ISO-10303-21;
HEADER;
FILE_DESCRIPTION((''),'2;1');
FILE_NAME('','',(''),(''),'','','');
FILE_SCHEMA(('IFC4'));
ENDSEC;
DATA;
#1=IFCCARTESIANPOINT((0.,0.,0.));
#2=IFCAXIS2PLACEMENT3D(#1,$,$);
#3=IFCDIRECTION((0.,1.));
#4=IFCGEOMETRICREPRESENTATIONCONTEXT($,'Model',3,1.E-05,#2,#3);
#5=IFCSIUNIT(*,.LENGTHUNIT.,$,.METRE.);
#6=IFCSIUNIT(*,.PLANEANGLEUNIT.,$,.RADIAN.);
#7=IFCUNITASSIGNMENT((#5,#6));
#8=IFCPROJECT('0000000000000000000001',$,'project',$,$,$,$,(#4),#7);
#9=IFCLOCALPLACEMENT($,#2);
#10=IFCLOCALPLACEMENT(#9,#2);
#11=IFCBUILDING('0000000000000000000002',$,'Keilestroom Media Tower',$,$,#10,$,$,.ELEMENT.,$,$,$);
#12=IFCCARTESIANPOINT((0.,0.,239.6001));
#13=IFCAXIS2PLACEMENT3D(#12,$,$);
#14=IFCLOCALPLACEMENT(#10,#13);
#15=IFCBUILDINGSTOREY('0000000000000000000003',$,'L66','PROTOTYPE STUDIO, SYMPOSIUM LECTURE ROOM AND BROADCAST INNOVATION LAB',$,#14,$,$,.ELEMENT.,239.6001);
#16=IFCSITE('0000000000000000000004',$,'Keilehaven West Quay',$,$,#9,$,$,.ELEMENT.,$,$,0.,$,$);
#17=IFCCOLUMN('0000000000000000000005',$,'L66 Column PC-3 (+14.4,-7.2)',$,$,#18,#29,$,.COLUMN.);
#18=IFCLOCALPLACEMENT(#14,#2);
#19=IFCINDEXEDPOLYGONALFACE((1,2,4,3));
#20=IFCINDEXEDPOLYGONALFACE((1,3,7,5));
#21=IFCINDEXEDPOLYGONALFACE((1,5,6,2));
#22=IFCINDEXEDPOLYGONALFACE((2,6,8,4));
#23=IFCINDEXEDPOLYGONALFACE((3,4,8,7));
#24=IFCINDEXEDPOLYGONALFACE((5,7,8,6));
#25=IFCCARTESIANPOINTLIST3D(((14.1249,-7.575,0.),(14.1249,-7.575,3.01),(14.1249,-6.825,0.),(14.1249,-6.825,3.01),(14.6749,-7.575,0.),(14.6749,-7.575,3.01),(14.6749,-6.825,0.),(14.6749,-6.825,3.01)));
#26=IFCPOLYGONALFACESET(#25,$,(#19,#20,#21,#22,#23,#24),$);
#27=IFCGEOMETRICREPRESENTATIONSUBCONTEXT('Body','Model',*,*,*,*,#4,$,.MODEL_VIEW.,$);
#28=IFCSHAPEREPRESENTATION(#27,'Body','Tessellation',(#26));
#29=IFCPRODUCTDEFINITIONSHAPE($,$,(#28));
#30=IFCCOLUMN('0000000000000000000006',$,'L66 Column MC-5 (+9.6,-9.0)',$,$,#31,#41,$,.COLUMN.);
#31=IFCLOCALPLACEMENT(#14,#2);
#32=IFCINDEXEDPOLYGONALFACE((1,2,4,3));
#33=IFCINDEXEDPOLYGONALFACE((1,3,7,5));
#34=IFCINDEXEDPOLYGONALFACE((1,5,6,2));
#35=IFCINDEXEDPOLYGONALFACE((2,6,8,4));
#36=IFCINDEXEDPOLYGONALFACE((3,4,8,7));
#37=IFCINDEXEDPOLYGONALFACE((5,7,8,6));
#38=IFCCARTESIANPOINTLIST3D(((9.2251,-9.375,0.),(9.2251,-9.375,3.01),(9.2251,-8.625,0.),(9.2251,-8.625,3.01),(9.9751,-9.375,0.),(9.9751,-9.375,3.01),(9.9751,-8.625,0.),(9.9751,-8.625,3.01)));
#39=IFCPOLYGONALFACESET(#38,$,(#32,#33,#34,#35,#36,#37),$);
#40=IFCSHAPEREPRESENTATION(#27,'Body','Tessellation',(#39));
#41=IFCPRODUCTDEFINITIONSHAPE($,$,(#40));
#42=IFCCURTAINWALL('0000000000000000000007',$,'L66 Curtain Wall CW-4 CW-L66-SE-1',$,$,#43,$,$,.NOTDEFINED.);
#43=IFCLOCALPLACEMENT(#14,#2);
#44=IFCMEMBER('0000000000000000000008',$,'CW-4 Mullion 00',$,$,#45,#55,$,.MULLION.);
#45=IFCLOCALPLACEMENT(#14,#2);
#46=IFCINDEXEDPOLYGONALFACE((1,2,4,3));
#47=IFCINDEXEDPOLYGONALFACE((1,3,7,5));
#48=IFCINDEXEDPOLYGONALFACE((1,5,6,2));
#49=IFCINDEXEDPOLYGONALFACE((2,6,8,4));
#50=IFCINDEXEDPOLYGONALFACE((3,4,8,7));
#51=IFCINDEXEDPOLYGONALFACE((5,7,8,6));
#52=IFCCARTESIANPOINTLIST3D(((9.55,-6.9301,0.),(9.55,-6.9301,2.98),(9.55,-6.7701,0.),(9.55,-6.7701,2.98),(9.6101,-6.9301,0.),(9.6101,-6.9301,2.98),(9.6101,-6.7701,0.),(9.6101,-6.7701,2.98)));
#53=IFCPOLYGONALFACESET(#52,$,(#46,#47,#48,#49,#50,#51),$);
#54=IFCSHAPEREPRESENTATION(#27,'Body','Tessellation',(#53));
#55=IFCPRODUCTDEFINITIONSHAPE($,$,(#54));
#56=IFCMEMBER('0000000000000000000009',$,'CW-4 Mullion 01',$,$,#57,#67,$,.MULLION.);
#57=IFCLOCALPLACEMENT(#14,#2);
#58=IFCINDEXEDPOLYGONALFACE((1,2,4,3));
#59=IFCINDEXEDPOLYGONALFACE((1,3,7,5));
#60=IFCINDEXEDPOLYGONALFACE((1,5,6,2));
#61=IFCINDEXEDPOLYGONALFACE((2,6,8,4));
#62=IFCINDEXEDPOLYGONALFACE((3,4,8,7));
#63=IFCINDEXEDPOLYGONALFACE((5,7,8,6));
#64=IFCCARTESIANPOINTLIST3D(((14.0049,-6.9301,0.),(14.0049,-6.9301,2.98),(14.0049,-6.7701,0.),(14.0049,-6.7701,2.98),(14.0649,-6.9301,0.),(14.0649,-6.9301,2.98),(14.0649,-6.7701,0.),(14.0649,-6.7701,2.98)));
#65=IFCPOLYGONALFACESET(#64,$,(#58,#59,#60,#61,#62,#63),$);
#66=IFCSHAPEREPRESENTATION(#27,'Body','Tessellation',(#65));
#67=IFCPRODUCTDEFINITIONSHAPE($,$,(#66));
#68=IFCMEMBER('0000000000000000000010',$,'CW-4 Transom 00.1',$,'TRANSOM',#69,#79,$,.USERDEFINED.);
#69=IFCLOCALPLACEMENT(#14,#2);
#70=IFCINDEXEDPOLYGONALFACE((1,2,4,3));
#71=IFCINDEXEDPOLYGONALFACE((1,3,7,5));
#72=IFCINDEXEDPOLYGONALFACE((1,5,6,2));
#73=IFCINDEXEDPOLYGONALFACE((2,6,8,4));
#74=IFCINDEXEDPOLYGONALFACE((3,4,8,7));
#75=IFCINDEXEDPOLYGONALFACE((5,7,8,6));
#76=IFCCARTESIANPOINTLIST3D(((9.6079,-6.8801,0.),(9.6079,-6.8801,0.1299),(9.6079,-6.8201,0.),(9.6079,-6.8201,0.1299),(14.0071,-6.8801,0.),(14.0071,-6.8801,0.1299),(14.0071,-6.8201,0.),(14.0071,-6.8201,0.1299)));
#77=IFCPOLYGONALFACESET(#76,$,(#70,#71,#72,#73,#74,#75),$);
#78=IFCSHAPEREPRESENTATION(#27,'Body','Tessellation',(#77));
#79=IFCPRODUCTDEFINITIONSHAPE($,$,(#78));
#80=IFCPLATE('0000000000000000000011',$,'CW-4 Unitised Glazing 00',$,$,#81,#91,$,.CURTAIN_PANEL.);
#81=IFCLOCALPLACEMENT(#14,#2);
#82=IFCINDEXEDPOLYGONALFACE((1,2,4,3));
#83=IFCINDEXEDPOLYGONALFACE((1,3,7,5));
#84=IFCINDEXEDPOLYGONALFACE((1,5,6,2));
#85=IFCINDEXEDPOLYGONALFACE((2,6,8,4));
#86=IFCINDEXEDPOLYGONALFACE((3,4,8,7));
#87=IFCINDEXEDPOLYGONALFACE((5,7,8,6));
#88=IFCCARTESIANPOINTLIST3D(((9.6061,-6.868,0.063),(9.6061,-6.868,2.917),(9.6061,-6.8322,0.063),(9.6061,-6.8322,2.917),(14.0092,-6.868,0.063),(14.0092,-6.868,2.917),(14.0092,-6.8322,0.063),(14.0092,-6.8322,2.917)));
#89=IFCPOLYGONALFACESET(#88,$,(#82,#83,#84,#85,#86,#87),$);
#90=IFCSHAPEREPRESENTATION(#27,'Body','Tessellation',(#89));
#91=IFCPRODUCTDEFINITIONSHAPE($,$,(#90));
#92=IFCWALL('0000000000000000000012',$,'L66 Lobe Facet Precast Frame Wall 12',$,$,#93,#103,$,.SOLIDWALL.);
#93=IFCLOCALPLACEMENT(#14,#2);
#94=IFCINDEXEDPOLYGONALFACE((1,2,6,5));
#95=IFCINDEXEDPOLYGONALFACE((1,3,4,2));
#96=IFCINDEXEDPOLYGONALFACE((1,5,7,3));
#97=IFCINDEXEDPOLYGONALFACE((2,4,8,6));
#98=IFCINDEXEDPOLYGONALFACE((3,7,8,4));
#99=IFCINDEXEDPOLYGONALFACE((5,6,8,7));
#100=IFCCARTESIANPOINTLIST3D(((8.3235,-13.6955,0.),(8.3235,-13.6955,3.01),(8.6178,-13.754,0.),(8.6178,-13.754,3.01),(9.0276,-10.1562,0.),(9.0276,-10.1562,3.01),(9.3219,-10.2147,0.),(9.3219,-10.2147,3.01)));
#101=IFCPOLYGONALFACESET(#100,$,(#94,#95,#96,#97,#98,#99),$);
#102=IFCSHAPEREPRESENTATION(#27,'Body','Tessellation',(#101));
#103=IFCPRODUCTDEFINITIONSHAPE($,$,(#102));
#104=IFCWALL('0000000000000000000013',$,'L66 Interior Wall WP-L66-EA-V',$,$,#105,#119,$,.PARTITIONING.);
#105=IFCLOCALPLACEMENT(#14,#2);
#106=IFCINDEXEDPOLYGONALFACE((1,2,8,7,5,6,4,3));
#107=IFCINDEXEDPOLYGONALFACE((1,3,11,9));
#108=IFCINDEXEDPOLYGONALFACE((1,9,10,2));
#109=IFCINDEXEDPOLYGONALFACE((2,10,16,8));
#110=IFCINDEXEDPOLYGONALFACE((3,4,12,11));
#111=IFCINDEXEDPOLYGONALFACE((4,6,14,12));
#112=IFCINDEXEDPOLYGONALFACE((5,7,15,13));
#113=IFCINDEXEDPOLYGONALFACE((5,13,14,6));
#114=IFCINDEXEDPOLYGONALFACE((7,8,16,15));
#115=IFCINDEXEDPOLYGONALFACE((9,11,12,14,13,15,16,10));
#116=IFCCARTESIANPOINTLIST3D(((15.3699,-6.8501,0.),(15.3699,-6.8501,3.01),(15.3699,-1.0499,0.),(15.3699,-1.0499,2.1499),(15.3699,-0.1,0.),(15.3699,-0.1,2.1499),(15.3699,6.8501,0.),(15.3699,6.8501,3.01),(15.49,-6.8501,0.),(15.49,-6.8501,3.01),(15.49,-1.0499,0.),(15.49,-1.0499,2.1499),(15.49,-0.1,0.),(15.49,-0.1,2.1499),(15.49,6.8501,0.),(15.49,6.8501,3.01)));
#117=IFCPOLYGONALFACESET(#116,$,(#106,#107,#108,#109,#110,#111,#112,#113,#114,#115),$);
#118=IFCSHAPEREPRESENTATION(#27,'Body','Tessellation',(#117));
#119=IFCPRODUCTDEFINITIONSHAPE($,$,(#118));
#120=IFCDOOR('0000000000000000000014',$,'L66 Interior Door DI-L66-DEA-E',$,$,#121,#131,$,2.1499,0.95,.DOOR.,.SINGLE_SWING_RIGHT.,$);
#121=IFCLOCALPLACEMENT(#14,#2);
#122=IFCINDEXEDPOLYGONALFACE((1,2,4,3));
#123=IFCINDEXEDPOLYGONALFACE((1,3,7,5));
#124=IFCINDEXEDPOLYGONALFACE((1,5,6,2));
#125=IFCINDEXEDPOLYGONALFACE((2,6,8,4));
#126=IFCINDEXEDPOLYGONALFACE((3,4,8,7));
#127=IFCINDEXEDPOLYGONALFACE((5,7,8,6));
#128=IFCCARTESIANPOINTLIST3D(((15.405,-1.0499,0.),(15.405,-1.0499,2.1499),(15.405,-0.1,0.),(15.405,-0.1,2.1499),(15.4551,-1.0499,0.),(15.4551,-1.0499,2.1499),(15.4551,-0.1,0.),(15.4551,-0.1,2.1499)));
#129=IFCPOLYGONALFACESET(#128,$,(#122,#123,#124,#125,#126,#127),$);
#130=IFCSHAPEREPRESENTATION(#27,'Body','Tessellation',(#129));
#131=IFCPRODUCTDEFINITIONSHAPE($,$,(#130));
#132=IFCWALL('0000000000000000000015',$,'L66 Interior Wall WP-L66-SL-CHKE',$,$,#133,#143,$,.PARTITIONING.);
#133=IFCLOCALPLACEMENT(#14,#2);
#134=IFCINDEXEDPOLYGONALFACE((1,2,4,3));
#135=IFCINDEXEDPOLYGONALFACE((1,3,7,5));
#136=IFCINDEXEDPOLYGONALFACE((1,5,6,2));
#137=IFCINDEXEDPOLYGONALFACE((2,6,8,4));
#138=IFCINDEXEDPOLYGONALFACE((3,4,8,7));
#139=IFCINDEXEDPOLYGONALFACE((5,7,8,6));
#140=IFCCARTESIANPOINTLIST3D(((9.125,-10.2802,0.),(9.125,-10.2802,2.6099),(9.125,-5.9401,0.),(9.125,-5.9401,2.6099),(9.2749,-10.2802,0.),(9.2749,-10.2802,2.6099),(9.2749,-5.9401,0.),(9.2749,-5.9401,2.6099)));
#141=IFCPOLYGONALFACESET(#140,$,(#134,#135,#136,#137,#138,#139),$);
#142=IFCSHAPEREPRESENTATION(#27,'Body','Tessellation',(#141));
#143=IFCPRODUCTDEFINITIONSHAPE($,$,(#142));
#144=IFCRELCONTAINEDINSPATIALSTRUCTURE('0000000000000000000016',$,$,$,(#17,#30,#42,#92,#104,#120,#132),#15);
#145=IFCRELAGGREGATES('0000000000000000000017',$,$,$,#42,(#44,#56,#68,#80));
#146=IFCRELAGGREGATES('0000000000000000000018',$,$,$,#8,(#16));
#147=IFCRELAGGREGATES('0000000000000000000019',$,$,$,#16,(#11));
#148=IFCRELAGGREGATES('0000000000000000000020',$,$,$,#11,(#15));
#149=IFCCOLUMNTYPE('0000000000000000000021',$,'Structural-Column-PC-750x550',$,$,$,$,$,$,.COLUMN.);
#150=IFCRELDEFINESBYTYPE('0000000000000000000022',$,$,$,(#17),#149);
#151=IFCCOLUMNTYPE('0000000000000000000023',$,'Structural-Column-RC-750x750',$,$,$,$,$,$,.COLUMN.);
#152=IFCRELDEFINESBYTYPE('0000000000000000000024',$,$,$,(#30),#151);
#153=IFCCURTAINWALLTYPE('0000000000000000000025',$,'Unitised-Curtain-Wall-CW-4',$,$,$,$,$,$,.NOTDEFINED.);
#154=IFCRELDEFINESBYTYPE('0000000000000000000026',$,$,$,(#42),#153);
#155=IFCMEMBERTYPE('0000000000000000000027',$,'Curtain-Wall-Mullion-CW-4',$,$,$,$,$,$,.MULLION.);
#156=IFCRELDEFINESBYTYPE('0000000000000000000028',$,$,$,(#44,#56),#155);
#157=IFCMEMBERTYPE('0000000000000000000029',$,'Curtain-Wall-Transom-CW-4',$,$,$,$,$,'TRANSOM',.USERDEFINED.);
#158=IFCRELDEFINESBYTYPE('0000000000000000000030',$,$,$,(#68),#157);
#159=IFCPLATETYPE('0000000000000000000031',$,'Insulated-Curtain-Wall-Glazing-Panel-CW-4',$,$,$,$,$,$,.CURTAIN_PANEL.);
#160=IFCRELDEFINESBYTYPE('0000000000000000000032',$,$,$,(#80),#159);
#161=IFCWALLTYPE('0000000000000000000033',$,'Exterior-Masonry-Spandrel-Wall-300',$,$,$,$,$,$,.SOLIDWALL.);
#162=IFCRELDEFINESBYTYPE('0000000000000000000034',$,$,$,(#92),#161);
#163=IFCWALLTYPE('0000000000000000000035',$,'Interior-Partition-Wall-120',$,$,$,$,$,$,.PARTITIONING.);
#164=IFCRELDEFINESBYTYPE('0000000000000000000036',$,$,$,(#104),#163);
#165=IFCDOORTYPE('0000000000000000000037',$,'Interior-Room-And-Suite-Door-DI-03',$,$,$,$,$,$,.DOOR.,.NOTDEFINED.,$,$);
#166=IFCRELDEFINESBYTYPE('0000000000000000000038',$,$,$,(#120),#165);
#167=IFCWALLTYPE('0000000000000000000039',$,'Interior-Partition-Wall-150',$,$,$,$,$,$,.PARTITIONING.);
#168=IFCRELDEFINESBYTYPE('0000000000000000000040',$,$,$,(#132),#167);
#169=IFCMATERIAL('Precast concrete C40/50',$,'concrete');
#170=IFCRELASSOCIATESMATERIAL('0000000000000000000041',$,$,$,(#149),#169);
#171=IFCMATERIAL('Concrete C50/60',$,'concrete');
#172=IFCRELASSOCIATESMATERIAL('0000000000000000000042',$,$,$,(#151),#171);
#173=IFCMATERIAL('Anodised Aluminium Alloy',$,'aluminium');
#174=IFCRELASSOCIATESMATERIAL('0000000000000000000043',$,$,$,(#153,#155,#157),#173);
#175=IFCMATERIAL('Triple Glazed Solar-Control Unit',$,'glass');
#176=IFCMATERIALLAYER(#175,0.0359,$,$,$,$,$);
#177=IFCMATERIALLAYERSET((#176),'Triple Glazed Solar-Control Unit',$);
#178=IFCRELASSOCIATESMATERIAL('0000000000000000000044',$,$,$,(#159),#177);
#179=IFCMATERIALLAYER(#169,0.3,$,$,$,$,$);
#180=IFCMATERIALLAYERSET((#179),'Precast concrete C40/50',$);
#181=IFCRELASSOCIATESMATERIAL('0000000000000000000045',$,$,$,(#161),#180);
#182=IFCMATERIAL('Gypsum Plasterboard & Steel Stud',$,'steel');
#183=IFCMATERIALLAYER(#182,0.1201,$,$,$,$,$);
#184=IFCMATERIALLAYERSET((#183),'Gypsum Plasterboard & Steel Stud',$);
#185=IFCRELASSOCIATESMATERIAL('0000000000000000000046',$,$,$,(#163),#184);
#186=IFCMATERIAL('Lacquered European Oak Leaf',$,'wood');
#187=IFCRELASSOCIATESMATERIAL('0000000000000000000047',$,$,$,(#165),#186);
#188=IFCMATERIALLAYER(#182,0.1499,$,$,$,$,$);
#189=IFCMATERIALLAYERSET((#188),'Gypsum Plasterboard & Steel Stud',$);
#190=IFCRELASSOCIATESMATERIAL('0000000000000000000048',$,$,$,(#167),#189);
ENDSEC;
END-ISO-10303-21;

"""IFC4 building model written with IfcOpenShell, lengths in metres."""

from ifc_helpers import new_model, si_unit, direction, frame, frame_2d, origin, origin_2d, place, context, subcontext, project, spatial, rectangle, extrude, source, transform, mapped, material, layer, layer_set, material_profile, profile_set, type_object, element, fill, aggregate, save


model = new_model("IFC4")

# Units and contexts
model_context = context("Model", 3, precision=1e-05, world=origin(), true_north=direction((0.0, 1.0)))
body_context = subcontext(model_context, "Body", "Model", "MODEL_VIEW")
ifc_project = project(units=[si_unit("LENGTHUNIT", "METRE"), si_unit("PLANEANGLEUNIT", "RADIAN")], contexts=[model_context])

# Site, building, storey
site_placement = place(None, origin())
site = spatial("IfcSite", under=ifc_project, at=site_placement, Name="Keilehaven West Quay", CompositionType="ELEMENT", RefElevation=0.0)
building_placement = place(site_placement, origin())
building = spatial("IfcBuilding", under=site, at=building_placement, Name="Keilestroom Media Tower", CompositionType="ELEMENT")
storey_placement = place(building_placement, frame((0.0, 0.0, 239.6001)))
storey = spatial("IfcBuildingStorey", under=building, at=storey_placement, Name="L66", Description="PROTOTYPE STUDIO, SYMPOSIUM LECTURE ROOM AND BROADCAST INNOVATION LAB", CompositionType="ELEMENT", Elevation=239.6001)

# Columns
ifc_material_1 = material(Name="Precast concrete C40/50", Category="concrete")
ifc_material_profile_1 = material_profile(ifc_material_1, rectangle(XDim=0.55, YDim=0.75, at=origin_2d()), Name="PC 750x550")
ifc_profile_set_1 = profile_set([ifc_material_profile_1], Name="Precast concrete C40/50")
column_type_1 = type_object("IfcColumnType", Name="Structural-Column-PC-750x550", PredefinedType="COLUMN", material=ifc_profile_set_1)
shared_shape_1 = source(origin(), body_context, "Body", "SweptSolid", [
    extrude(rectangle(XDim=0.55, YDim=0.75, at=origin_2d()), origin(), (0.0, 0.0, 1.0), 3.01),
])
column_1_placement = place(storey_placement, frame((14.3999, -7.2, 0.0), z_axis=(0.0, 0.0, 1.0), x_axis=(1.0, 0.0, 0.0)))
element("IfcColumn", 1, at=column_1_placement, inside=storey, type_object=column_type_1, Name="L66 Column PC-3 (+14.4,-7.2)", PredefinedType="COLUMN", context=body_context, shape_type="MappedRepresentation", body=[
    mapped(shared_shape_1, transform((0.0, 0.0, 0.0), x_axis=(1.0, 0.0, 0.0), y_axis=(0.0, 1.0, 0.0), z_axis=(0.0, 0.0, 1.0), scale=1.0)),
])
ifc_material_2 = material(Name="Concrete C50/60", Category="concrete")
ifc_material_profile_2 = material_profile(ifc_material_2, rectangle(XDim=0.75, YDim=0.75, at=origin_2d()), Name="RC 750x750")
ifc_profile_set_2 = profile_set([ifc_material_profile_2], Name="Concrete C50/60")
column_type_2 = type_object("IfcColumnType", Name="Structural-Column-RC-750x750", PredefinedType="COLUMN", material=ifc_profile_set_2)
shared_shape_2 = source(origin(), body_context, "Body", "SweptSolid", [
    extrude(rectangle(XDim=0.75, YDim=0.75, at=origin_2d()), origin(), (0.0, 0.0, 1.0), 3.01),
])
column_2_placement = place(storey_placement, frame((9.6001, -9.0, 0.0), z_axis=(0.0, 0.0, 1.0), x_axis=(1.0, 0.0, 0.0)))
element("IfcColumn", 2, at=column_2_placement, inside=storey, type_object=column_type_2, Name="L66 Column MC-5 (+9.6,-9.0)", PredefinedType="COLUMN", context=body_context, shape_type="MappedRepresentation", body=[
    mapped(shared_shape_2, transform((0.0, 0.0, 0.0), x_axis=(1.0, 0.0, 0.0), y_axis=(0.0, 1.0, 0.0), z_axis=(0.0, 0.0, 1.0), scale=1.0)),
])

# Curtain wall, members, plate
ifc_material_3 = material(Name="Anodised Aluminium Alloy", Category="aluminium")
curtain_wall_type = type_object("IfcCurtainWallType", Name="Unitised-Curtain-Wall-CW-4", PredefinedType="NOTDEFINED", material=ifc_material_3)
curtain_wall_placement = place(storey_placement, origin())
curtain_wall = element("IfcCurtainWall", 3, at=curtain_wall_placement, inside=storey, type_object=curtain_wall_type, Name="L66 Curtain Wall CW-4 CW-L66-SE-1", PredefinedType="NOTDEFINED")
ifc_material_profile_3 = material_profile(ifc_material_3, rectangle(XDim=0.0601, YDim=0.1599, at=origin_2d()), Name="ALU MULLION 60x160")
ifc_profile_set_3 = profile_set([ifc_material_profile_3], Name="Anodised Aluminium Alloy")
member_type_1 = type_object("IfcMemberType", Name="Curtain-Wall-Mullion-CW-4", PredefinedType="MULLION", material=ifc_profile_set_3)
shared_shape_3 = source(origin(), body_context, "Body", "SweptSolid", [
    extrude(rectangle(XDim=0.0601, YDim=0.1599, at=origin_2d()), origin(), (0.0, 0.0, 1.0), 2.98),
])
member_1_placement = place(storey_placement, frame((9.5801, -6.8501, 0.0), z_axis=(0.0, 0.0, 1.0), x_axis=(1.0, 0.0, 0.0)))
member_1 = element("IfcMember", 4, at=member_1_placement, type_object=member_type_1, Name="CW-4 Mullion 00", PredefinedType="MULLION", context=body_context, shape_type="MappedRepresentation", body=[
    mapped(shared_shape_3, transform((0.0, 0.0, 0.0), x_axis=(1.0, 0.0, 0.0), y_axis=(0.0, 1.0, 0.0), z_axis=(0.0, 0.0, 1.0), scale=1.0)),
])
member_2_placement = place(storey_placement, frame((14.0349, -6.8501, 0.0), z_axis=(0.0, 0.0, 1.0), x_axis=(1.0, 0.0, 0.0)))
member_2 = element("IfcMember", 5, at=member_2_placement, type_object=member_type_1, Name="CW-4 Mullion 01", PredefinedType="MULLION", context=body_context, shape_type="MappedRepresentation", body=[
    mapped(shared_shape_3, transform((0.0, 0.0, 0.0), x_axis=(1.0, 0.0, 0.0), y_axis=(0.0, 1.0, 0.0), z_axis=(0.0, 0.0, 1.0), scale=1.0)),
])
ifc_material_profile_4 = material_profile(ifc_material_3, rectangle(XDim=0.0601, YDim=0.1299, at=origin_2d()), Name="ALU TRANSOM 60x130")
ifc_profile_set_4 = profile_set([ifc_material_profile_4], Name="Anodised Aluminium Alloy")
member_type_2 = type_object("IfcMemberType", Name="Curtain-Wall-Transom-CW-4", ElementType="TRANSOM", PredefinedType="USERDEFINED", material=ifc_profile_set_4)
shared_shape_4 = source(origin(), body_context, "Body", "SweptSolid", [
    extrude(rectangle(XDim=0.0601, YDim=0.1299, at=origin_2d()), origin(), (0.0, 0.0, 1.0), 4.3992),
])
member_3_placement = place(storey_placement, frame((9.6079, -6.8501, 0.0649), z_axis=(1.0, 0.0, 0.0), x_axis=(0.0, 1.0, 0.0)))
member_3 = element("IfcMember", 6, at=member_3_placement, type_object=member_type_2, Name="CW-4 Transom 00.1", ObjectType="TRANSOM", PredefinedType="USERDEFINED", context=body_context, shape_type="MappedRepresentation", body=[
    mapped(shared_shape_4, transform((0.0, 0.0, 0.0), x_axis=(1.0, 0.0, 0.0), y_axis=(0.0, 1.0, 0.0), z_axis=(0.0, 0.0, 1.0), scale=1.0)),
])
ifc_material_4 = material(Name="Triple Glazed Solar-Control Unit", Category="glass")
ifc_layer_1 = layer(ifc_material_4, 0.0359)
ifc_layer_set_1 = layer_set([ifc_layer_1], Name="Triple Glazed Solar-Control Unit")
plate_type = type_object("IfcPlateType", Name="Insulated-Curtain-Wall-Glazing-Panel-CW-4", PredefinedType="CURTAIN_PANEL", material=ifc_layer_set_1)
shared_shape_5 = source(origin(), body_context, "Body", "SweptSolid", [
    extrude(rectangle(XDim=4.4031, YDim=0.0359, at=origin_2d()), origin(), (0.0, 0.0, 1.0), 2.854),
])
plate_placement = place(storey_placement, frame((11.8076, -6.8501, 0.063), z_axis=(0.0, 0.0, 1.0), x_axis=(1.0, 0.0, 0.0)))
plate = element("IfcPlate", 7, at=plate_placement, type_object=plate_type, Name="CW-4 Unitised Glazing 00", PredefinedType="CURTAIN_PANEL", context=body_context, shape_type="MappedRepresentation", body=[
    mapped(shared_shape_5, transform((0.0, 0.0, 0.0), x_axis=(1.0, 0.0, 0.0), y_axis=(0.0, 1.0, 0.0), z_axis=(0.0, 0.0, 1.0), scale=1.0)),
])
aggregate(curtain_wall, [member_1, member_2, member_3, plate])

# Wall
ifc_layer_2 = layer(ifc_material_1, 0.3)
ifc_layer_set_2 = layer_set([ifc_layer_2], Name="Precast concrete C40/50")
wall_type_1 = type_object("IfcWallType", Name="Exterior-Masonry-Spandrel-Wall-300", PredefinedType="SOLIDWALL", material=ifc_layer_set_2)
wall_1_placement = place(storey_placement, frame((8.4707, -13.7246, 0.0), z_axis=(0.0, 0.0, 1.0), x_axis=(0.195114, 0.980781, 0.0)))
element("IfcWall", 8, at=wall_1_placement, inside=storey, type_object=wall_type_1, Name="L66 Lobe Facet Precast Frame Wall 12", PredefinedType="SOLIDWALL", context=body_context, shape_type="SweptSolid", body=[
    extrude(rectangle(XDim=3.6086, YDim=0.3, at=frame_2d((1.8042, 0.0))), origin(), (0.0, 0.0, 1.0), 3.01),
])

# Wall, opening, door
ifc_material_5 = material(Name="Gypsum Plasterboard & Steel Stud", Category="steel")
ifc_layer_3 = layer(ifc_material_5, 0.1201)
ifc_layer_set_3 = layer_set([ifc_layer_3], Name="Gypsum Plasterboard & Steel Stud")
wall_type_2 = type_object("IfcWallType", Name="Interior-Partition-Wall-120", PredefinedType="PARTITIONING", material=ifc_layer_set_3)
wall_2_placement = place(storey_placement, frame((15.4299, -6.8501, 0.0), z_axis=(0.0, 0.0, 1.0), x_axis=(0.0, 1.0, 0.0)))
wall_2 = element("IfcWall", 9, at=wall_2_placement, inside=storey, type_object=wall_type_2, Name="L66 Interior Wall WP-L66-EA-V", PredefinedType="PARTITIONING", context=body_context, shape_type="SweptSolid", body=[
    extrude(rectangle(XDim=13.7002, YDim=0.1201, at=frame_2d((6.8501, 0.0))), origin(), (0.0, 0.0, 1.0), 3.01),
])
opening_1_placement = place(wall_2_placement, frame((5.8, 0.0, 0.0)))
opening_1 = element("IfcOpeningElement", 10, at=opening_1_placement, cuts=wall_2, PredefinedType="OPENING", context=body_context, shape_type="SweptSolid", body=[
    extrude(rectangle(XDim=0.95, YDim=2.1499, at=frame_2d((0.4751, 1.075))), frame((0.0, 0.0701, 0.0), z_axis=(0.0, -1.0, 0.0), x_axis=(1.0, 0.0, 0.0)), (0.0, 0.0, 1.0), 0.1401),
])
ifc_material_6 = material(Name="Lacquered European Oak Leaf", Category="wood")
door_type_1 = type_object("IfcDoorType", Name="Interior-Room-And-Suite-Door-DI-03", OperationType="NOTDEFINED", PredefinedType="DOOR", material=ifc_material_6)
shared_shape_6 = source(origin(), body_context, "Body", "SweptSolid", [
    extrude(rectangle(XDim=0.95, YDim=2.1499, at=frame_2d((0.4751, 1.075))), frame((0.0, 0.0249, 0.0), z_axis=(0.0, -1.0, 0.0), x_axis=(1.0, 0.0, 0.0)), (0.0, 0.0, 1.0), 0.05),
])
door_1_placement = place(opening_1_placement, origin())
door_1 = element("IfcDoor", 11, at=door_1_placement, inside=storey, type_object=door_type_1, Name="L66 Interior Door DI-L66-DEA-E", OperationType="SINGLE_SWING_RIGHT", OverallHeight=2.1499, OverallWidth=0.95, PredefinedType="DOOR", context=body_context, shape_type="MappedRepresentation", body=[
    mapped(shared_shape_6, transform((0.0, 0.0, 0.0), x_axis=(1.0, 0.0, 0.0), y_axis=(0.0, 1.0, 0.0), z_axis=(0.0, 0.0, 1.0), scale=1.0)),
])
fill(opening_1, door_1)

# Wall
ifc_layer_4 = layer(ifc_material_5, 0.1499)
ifc_layer_set_4 = layer_set([ifc_layer_4], Name="Gypsum Plasterboard & Steel Stud")
wall_type_3 = type_object("IfcWallType", Name="Interior-Partition-Wall-150", PredefinedType="PARTITIONING", material=ifc_layer_set_4)
wall_3_placement = place(storey_placement, frame((9.2, -10.28, 0.0), z_axis=(0.0, 0.0, 1.0), x_axis=(0.0, 1.0, 0.0)))
element("IfcWall", 12, at=wall_3_placement, inside=storey, type_object=wall_type_3, Name="L66 Interior Wall WP-L66-SL-CHKE", PredefinedType="PARTITIONING", context=body_context, shape_type="SweptSolid", body=[
    extrude(rectangle(XDim=4.3401, YDim=0.1499, at=frame_2d((2.1699, 0.0))), origin(), (0.0, 0.0, 1.0), 2.6099),
])

save(model, "model.ifc")
